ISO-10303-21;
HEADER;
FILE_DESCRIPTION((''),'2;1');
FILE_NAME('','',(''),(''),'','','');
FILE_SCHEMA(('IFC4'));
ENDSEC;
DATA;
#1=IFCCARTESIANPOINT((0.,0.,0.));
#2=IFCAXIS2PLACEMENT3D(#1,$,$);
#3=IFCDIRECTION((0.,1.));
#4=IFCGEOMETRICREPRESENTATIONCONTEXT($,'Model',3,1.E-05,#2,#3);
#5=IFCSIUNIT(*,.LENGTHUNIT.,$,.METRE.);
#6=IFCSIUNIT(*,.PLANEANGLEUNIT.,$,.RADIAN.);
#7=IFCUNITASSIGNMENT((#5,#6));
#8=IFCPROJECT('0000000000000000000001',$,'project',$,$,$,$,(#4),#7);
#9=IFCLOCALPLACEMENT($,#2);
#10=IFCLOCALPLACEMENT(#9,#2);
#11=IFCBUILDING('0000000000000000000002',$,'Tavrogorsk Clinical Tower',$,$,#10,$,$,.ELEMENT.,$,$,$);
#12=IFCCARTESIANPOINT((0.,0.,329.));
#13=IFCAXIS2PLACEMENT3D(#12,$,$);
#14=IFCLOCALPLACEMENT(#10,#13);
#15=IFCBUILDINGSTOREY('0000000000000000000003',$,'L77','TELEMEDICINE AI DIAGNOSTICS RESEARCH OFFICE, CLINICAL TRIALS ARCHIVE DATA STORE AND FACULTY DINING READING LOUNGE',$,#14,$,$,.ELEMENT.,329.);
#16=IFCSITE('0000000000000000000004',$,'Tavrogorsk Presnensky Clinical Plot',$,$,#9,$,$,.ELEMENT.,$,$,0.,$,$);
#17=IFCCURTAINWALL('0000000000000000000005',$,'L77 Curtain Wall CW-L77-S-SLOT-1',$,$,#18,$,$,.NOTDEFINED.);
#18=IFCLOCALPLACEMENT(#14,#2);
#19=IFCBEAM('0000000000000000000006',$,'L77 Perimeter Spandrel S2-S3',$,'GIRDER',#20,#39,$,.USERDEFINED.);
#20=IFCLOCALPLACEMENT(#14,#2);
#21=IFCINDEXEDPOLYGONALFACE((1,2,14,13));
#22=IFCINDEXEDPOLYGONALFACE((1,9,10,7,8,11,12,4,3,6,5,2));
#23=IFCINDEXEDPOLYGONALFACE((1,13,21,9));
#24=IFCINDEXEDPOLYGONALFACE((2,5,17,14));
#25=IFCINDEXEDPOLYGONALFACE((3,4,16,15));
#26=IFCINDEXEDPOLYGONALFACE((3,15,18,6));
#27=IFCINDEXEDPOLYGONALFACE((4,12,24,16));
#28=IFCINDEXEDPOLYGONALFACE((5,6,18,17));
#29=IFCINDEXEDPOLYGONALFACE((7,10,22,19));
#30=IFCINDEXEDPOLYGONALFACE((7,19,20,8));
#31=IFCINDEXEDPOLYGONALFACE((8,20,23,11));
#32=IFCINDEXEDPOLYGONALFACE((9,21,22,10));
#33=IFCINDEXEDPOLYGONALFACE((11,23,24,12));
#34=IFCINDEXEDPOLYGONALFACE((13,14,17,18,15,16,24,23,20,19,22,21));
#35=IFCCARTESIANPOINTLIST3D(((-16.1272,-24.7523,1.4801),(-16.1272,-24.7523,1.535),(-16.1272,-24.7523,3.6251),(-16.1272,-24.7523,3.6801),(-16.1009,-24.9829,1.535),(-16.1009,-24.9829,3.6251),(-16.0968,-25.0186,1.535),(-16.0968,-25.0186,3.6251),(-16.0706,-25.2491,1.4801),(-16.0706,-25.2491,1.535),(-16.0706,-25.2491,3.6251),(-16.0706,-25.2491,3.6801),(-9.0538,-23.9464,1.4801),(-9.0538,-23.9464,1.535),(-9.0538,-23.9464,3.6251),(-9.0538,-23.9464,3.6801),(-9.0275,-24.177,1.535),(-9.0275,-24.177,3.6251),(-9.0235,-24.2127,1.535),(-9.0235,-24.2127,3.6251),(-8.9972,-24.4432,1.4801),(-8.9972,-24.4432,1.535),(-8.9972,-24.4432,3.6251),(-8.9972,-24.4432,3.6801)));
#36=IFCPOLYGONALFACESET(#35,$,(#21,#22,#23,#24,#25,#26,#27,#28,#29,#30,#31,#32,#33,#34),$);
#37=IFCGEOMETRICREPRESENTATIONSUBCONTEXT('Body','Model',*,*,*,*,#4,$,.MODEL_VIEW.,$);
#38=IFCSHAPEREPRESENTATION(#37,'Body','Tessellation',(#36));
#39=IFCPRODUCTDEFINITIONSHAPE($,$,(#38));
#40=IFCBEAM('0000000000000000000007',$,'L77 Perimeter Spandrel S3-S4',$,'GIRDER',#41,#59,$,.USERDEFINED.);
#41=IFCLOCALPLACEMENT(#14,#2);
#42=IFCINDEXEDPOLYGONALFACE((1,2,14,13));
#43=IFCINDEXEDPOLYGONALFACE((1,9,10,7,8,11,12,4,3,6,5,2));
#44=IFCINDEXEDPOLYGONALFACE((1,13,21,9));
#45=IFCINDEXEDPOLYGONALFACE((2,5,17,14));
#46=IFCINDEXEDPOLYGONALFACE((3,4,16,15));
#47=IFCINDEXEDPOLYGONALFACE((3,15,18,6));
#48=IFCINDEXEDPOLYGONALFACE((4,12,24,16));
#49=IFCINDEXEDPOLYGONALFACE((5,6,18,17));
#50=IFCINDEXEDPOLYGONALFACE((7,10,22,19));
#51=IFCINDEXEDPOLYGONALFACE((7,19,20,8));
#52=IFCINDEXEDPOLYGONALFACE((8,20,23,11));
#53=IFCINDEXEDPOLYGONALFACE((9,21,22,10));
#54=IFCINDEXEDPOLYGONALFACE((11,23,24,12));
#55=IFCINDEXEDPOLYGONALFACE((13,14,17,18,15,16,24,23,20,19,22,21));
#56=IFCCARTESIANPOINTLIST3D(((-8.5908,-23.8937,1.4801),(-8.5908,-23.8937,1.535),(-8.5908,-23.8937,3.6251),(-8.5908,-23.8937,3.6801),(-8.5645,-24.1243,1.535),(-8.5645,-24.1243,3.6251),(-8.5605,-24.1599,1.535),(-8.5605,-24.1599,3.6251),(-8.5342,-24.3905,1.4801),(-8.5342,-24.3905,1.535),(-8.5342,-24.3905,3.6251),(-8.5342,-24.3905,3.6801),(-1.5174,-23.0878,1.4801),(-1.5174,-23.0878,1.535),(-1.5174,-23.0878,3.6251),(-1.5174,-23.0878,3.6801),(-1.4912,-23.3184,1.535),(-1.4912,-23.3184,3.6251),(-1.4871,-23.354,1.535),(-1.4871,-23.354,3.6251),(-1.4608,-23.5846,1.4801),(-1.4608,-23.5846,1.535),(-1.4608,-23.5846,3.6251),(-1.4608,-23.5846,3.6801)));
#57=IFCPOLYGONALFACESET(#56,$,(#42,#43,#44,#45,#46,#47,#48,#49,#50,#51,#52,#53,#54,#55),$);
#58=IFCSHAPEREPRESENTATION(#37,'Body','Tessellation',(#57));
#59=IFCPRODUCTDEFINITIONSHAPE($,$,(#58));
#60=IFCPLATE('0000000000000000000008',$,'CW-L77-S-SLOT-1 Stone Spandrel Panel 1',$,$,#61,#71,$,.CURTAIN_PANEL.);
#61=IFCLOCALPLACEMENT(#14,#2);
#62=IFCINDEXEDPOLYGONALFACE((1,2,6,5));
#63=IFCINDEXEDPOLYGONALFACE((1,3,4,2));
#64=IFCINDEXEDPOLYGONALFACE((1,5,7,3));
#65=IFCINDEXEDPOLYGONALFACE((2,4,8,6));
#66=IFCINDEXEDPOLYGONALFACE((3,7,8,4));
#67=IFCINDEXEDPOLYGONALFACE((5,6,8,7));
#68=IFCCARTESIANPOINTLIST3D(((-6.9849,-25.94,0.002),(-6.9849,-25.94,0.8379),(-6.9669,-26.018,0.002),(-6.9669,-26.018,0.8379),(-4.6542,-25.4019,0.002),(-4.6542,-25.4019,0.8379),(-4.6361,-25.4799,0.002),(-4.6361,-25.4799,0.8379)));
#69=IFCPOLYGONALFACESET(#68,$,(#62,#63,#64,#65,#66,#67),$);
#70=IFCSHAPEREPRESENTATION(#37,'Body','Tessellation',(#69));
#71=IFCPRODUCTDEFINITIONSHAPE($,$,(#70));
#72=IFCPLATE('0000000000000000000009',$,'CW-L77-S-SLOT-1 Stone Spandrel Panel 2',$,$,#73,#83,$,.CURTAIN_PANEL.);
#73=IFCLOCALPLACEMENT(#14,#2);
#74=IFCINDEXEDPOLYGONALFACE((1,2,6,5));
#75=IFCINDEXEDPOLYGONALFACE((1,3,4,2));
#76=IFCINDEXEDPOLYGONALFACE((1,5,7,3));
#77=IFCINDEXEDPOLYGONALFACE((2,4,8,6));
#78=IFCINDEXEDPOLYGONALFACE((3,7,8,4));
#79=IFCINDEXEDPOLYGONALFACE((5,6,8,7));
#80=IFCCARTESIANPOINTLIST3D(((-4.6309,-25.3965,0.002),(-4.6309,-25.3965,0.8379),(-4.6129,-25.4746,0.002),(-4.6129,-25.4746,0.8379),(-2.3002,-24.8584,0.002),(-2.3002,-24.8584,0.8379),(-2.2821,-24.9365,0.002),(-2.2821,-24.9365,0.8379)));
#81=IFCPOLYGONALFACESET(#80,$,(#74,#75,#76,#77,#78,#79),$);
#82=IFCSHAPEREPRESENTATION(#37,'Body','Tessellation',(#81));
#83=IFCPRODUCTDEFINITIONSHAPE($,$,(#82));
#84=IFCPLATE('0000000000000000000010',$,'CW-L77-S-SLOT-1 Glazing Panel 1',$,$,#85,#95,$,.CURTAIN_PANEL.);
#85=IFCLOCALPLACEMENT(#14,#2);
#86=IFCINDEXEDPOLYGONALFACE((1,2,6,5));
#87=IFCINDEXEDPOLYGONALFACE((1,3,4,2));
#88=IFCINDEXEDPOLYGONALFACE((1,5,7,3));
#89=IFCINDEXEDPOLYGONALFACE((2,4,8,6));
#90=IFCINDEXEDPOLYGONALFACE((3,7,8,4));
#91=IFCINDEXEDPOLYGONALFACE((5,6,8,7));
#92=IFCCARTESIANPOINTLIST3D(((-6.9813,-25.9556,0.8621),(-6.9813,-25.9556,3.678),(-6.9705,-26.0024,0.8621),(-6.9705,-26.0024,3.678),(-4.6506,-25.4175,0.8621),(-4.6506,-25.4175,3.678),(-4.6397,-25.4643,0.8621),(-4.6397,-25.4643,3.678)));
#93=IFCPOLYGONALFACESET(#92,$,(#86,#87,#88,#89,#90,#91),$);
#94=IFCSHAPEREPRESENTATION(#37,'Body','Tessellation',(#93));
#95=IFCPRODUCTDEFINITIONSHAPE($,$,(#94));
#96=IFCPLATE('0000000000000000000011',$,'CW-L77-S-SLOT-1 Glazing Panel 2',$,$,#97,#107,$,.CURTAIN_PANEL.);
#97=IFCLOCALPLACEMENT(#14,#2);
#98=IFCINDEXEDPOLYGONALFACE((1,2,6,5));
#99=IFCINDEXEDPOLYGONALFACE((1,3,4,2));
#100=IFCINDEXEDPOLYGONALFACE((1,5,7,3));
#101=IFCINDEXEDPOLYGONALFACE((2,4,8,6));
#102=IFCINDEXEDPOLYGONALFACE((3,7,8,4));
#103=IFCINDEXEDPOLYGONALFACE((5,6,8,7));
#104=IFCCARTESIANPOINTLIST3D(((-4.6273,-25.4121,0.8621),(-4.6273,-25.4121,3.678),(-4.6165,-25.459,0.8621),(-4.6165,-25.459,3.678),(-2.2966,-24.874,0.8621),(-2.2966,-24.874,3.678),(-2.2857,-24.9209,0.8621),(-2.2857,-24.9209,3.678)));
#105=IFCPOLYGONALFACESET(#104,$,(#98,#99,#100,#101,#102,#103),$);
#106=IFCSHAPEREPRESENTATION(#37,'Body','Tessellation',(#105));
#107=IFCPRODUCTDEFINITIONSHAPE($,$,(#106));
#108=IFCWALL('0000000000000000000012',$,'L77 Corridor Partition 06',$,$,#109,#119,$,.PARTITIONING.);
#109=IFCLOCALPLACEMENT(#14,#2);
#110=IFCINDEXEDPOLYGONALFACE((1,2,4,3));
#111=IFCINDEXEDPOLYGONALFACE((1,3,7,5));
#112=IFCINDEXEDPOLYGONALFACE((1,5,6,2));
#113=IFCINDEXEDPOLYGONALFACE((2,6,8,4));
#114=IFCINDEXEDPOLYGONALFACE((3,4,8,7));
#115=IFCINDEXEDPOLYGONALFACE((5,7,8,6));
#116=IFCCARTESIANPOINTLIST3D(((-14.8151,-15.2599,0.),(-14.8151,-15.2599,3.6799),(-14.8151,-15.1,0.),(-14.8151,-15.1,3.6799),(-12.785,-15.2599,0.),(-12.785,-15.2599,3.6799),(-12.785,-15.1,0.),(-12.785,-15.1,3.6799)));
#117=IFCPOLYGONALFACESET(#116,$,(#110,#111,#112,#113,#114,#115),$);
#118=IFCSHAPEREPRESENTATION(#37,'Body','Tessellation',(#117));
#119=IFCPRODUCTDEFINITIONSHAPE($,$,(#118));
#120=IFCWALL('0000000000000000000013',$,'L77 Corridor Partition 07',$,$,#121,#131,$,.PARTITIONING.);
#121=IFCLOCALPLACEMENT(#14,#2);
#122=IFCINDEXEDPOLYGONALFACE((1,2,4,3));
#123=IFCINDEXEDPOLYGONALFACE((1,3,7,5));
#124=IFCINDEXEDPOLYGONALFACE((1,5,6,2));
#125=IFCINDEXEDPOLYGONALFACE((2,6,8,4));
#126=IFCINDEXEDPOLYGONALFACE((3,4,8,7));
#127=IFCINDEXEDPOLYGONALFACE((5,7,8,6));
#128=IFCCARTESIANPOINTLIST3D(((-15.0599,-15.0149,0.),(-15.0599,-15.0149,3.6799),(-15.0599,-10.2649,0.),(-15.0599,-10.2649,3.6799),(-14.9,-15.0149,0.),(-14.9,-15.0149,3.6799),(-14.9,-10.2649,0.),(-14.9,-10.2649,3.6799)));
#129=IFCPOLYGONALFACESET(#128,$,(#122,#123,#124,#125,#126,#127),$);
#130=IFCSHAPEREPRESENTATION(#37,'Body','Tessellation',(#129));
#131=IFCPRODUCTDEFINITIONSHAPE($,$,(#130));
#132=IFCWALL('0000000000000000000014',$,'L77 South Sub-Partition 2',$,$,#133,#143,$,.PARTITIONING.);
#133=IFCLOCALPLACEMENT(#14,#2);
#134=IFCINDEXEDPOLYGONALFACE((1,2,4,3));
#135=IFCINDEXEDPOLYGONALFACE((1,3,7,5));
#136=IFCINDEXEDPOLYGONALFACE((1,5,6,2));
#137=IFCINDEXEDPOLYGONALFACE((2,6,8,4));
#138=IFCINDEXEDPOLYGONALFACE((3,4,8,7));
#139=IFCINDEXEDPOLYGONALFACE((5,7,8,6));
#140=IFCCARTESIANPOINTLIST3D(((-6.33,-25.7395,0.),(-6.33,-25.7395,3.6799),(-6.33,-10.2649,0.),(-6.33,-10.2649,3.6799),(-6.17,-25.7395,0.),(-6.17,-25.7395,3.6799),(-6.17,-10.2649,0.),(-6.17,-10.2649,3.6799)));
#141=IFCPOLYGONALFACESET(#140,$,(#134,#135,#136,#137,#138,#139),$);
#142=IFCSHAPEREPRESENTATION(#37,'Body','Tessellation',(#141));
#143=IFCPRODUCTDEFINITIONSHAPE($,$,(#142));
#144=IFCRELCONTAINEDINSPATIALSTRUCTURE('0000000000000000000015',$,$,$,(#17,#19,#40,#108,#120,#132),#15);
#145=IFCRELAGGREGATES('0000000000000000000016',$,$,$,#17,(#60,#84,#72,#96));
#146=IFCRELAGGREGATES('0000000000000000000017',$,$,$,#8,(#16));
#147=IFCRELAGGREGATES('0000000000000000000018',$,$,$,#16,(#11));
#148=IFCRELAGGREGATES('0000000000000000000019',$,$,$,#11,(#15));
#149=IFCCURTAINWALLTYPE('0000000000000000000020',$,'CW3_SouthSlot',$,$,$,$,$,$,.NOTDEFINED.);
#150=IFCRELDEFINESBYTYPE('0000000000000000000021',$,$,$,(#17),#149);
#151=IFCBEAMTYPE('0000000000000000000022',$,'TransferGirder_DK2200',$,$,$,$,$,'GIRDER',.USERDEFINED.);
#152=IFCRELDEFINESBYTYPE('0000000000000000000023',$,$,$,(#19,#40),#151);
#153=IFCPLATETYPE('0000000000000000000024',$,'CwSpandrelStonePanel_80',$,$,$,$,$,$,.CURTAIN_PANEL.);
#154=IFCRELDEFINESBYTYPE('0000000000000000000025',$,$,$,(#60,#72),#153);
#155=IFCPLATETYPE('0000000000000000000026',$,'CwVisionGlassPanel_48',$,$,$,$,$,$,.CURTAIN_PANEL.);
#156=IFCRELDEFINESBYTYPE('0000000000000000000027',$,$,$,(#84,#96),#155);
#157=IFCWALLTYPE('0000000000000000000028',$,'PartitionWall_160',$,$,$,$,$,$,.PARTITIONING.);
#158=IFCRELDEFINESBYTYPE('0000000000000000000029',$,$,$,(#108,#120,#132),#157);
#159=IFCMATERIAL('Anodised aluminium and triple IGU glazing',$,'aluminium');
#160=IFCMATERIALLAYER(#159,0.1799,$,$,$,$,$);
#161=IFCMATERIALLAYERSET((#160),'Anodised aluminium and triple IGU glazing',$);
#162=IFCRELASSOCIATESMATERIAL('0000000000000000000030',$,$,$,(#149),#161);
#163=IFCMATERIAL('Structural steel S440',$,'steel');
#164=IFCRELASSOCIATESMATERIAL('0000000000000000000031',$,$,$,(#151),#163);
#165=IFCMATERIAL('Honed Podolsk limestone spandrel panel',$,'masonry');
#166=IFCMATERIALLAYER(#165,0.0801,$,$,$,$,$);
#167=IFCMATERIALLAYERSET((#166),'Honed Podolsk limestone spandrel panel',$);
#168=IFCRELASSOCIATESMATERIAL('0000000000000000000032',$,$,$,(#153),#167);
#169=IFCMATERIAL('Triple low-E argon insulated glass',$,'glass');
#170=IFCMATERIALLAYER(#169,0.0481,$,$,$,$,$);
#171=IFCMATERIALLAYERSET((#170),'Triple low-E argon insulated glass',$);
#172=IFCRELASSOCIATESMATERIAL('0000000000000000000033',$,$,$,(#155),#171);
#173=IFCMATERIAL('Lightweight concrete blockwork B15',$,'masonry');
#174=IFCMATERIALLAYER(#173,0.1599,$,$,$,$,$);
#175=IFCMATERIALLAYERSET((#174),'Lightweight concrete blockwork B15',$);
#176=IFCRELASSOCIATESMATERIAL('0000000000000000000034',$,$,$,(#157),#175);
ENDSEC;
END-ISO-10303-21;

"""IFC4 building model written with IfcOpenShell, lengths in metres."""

from ifc_helpers import new_model, si_unit, direction, frame, frame_2d, origin, origin_2d, place, context, subcontext, project, spatial, rectangle, i_section, extrude, material, layer, layer_set, material_profile, profile_set, type_object, element, aggregate, save


model = new_model("IFC4")

# Units and contexts
model_context = context("Model", 3, precision=1e-05, world=origin(), true_north=direction((0.0, 1.0)))
body_context = subcontext(model_context, "Body", "Model", "MODEL_VIEW")
ifc_project = project(units=[si_unit("LENGTHUNIT", "METRE"), si_unit("PLANEANGLEUNIT", "RADIAN")], contexts=[model_context])

# Site, building, storey
site_placement = place(None, origin())
site = spatial("IfcSite", under=ifc_project, at=site_placement, Name="Tavrogorsk Presnensky Clinical Plot", CompositionType="ELEMENT", RefElevation=0.0)
building_placement = place(site_placement, origin())
building = spatial("IfcBuilding", under=site, at=building_placement, Name="Tavrogorsk Clinical Tower", CompositionType="ELEMENT")
storey_placement = place(building_placement, frame((0.0, 0.0, 329.0)))
storey = spatial("IfcBuildingStorey", under=building, at=storey_placement, Name="L77", Description="TELEMEDICINE AI DIAGNOSTICS RESEARCH OFFICE, CLINICAL TRIALS ARCHIVE DATA STORE AND FACULTY DINING READING LOUNGE", CompositionType="ELEMENT", Elevation=329.0)

# Curtain wall
ifc_material_1 = material(Name="Anodised aluminium and triple IGU glazing", Category="aluminium")
ifc_layer_1 = layer(ifc_material_1, 0.1799)
ifc_layer_set_1 = layer_set([ifc_layer_1], Name="Anodised aluminium and triple IGU glazing")
curtain_wall_type = type_object("IfcCurtainWallType", Name="CW3_SouthSlot", PredefinedType="NOTDEFINED", material=ifc_layer_set_1)
curtain_wall_placement = place(storey_placement, origin())
curtain_wall = element("IfcCurtainWall", 1, at=curtain_wall_placement, inside=storey, type_object=curtain_wall_type, Name="L77 Curtain Wall CW-L77-S-SLOT-1", PredefinedType="NOTDEFINED")

# Beams
ifc_material_2 = material(Name="Structural steel S440", Category="steel")
ifc_material_profile_1 = material_profile(ifc_material_2, i_section(OverallWidth=0.5, OverallDepth=2.2, WebThickness=0.0359, FlangeThickness=0.0549, at=origin_2d()), Name="DK-2200x500x36x55")
ifc_profile_set_1 = profile_set([ifc_material_profile_1], Name="Structural steel S440")
beam_type = type_object("IfcBeamType", Name="TransferGirder_DK2200", ElementType="GIRDER", PredefinedType="USERDEFINED", material=ifc_profile_set_1)
for number, where, z_axis, x_axis, name in (
    (2, (-16.0989, -25.0007, 2.5801), (0.993572, 0.113201, 0.0), (-0.113201, 0.993572, 0.0), "L77 Perimeter Spandrel S2-S3"),
    (3, (-8.5625, -24.1421, 2.5801), (0.993572, 0.113201, 0.0), (-0.113201, 0.993572, 0.0), "L77 Perimeter Spandrel S3-S4"),
):
    element("IfcBeam", number, at=place(storey_placement, frame(where, z_axis=z_axis, x_axis=x_axis)), inside=storey, type_object=beam_type, Name=name, ObjectType="GIRDER", PredefinedType="USERDEFINED", context=body_context, shape_type="SweptSolid", body=[
        extrude(i_section(OverallWidth=0.5, OverallDepth=2.2, WebThickness=0.0359, FlangeThickness=0.0549, at=origin_2d()), origin(), (0.0, 0.0, 1.0), 7.1191),
    ])

# Plates
ifc_material_3 = material(Name="Honed Podolsk limestone spandrel panel", Category="masonry")
ifc_layer_2 = layer(ifc_material_3, 0.0801)
ifc_layer_set_2 = layer_set([ifc_layer_2], Name="Honed Podolsk limestone spandrel panel")
plate_type_1 = type_object("IfcPlateType", Name="CwSpandrelStonePanel_80", PredefinedType="CURTAIN_PANEL", material=ifc_layer_set_2)
plate_1_placement = place(storey_placement, frame((-5.8105, -25.71, 0.002), z_axis=(0.0, 0.0, 1.0), x_axis=(0.97437, 0.224951, 0.0)))
plate_1 = element("IfcPlate", 4, at=plate_1_placement, type_object=plate_type_1, Name="CW-L77-S-SLOT-1 Stone Spandrel Panel 1", PredefinedType="CURTAIN_PANEL", context=body_context, shape_type="SweptSolid", body=[
    extrude(rectangle(XDim=2.3921, YDim=0.0801, at=origin_2d()), origin(), (0.0, 0.0, 1.0), 0.8359),
])
plate_2_placement = place(storey_placement, frame((-3.4565, -25.1665, 0.002), z_axis=(0.0, 0.0, 1.0), x_axis=(0.97437, 0.224951, 0.0)))
plate_2 = element("IfcPlate", 5, at=plate_2_placement, type_object=plate_type_1, Name="CW-L77-S-SLOT-1 Stone Spandrel Panel 2", PredefinedType="CURTAIN_PANEL", context=body_context, shape_type="SweptSolid", body=[
    extrude(rectangle(XDim=2.3921, YDim=0.0801, at=origin_2d()), origin(), (0.0, 0.0, 1.0), 0.8359),
])
ifc_material_4 = material(Name="Triple low-E argon insulated glass", Category="glass")
ifc_layer_3 = layer(ifc_material_4, 0.0481)
ifc_layer_set_3 = layer_set([ifc_layer_3], Name="Triple low-E argon insulated glass")
plate_type_2 = type_object("IfcPlateType", Name="CwVisionGlassPanel_48", PredefinedType="CURTAIN_PANEL", material=ifc_layer_set_3)
plate_3_placement = place(storey_placement, frame((-5.8105, -25.71, 0.8621), z_axis=(0.0, 0.0, 1.0), x_axis=(0.97437, 0.224951, 0.0)))
plate_3 = element("IfcPlate", 6, at=plate_3_placement, type_object=plate_type_2, Name="CW-L77-S-SLOT-1 Glazing Panel 1", PredefinedType="CURTAIN_PANEL", context=body_context, shape_type="SweptSolid", body=[
    extrude(rectangle(XDim=2.3921, YDim=0.0481, at=origin_2d()), origin(), (0.0, 0.0, 1.0), 2.8159),
])
plate_4_placement = place(storey_placement, frame((-3.4565, -25.1665, 0.8621), z_axis=(0.0, 0.0, 1.0), x_axis=(0.97437, 0.224951, 0.0)))
plate_4 = element("IfcPlate", 7, at=plate_4_placement, type_object=plate_type_2, Name="CW-L77-S-SLOT-1 Glazing Panel 2", PredefinedType="CURTAIN_PANEL", context=body_context, shape_type="SweptSolid", body=[
    extrude(rectangle(XDim=2.3921, YDim=0.0481, at=origin_2d()), origin(), (0.0, 0.0, 1.0), 2.8159),
])
aggregate(curtain_wall, [plate_1, plate_3, plate_2, plate_4])

# Walls
ifc_material_5 = material(Name="Lightweight concrete blockwork B15", Category="masonry")
ifc_layer_4 = layer(ifc_material_5, 0.1599)
ifc_layer_set_4 = layer_set([ifc_layer_4], Name="Lightweight concrete blockwork B15")
wall_type = type_object("IfcWallType", Name="PartitionWall_160", PredefinedType="PARTITIONING", material=ifc_layer_set_4)
wall_1_placement = place(storey_placement, frame((-12.7849, -15.1799, 0.0), z_axis=(0.0, 0.0, 1.0), x_axis=(-1.0, 0.0, 0.0)))
element("IfcWall", 8, at=wall_1_placement, inside=storey, type_object=wall_type, Name="L77 Corridor Partition 06", PredefinedType="PARTITIONING", context=body_context, shape_type="SweptSolid", body=[
    extrude(rectangle(XDim=2.03, YDim=0.1599, at=frame_2d((1.0151, 0.0))), origin(), (0.0, 0.0, 1.0), 3.6799),
])
wall_2_placement = place(storey_placement, frame((-14.98, -15.0149, 0.0), z_axis=(0.0, 0.0, 1.0), x_axis=(0.0, 1.0, 0.0)))
element("IfcWall", 9, at=wall_2_placement, inside=storey, type_object=wall_type, Name="L77 Corridor Partition 07", PredefinedType="PARTITIONING", context=body_context, shape_type="SweptSolid", body=[
    extrude(rectangle(XDim=4.75, YDim=0.1599, at=frame_2d((2.375, 0.0))), origin(), (0.0, 0.0, 1.0), 3.6799),
])
wall_3_placement = place(storey_placement, frame((-6.25, -25.7395, 0.0), z_axis=(0.0, 0.0, 1.0), x_axis=(0.0, 1.0, 0.0)))
element("IfcWall", 10, at=wall_3_placement, inside=storey, type_object=wall_type, Name="L77 South Sub-Partition 2", PredefinedType="PARTITIONING", context=body_context, shape_type="SweptSolid", body=[
    extrude(rectangle(XDim=15.4746, YDim=0.1599, at=frame_2d((7.7373, 0.0))), origin(), (0.0, 0.0, 1.0), 3.6799),
])

save(model, "model.ifc")
